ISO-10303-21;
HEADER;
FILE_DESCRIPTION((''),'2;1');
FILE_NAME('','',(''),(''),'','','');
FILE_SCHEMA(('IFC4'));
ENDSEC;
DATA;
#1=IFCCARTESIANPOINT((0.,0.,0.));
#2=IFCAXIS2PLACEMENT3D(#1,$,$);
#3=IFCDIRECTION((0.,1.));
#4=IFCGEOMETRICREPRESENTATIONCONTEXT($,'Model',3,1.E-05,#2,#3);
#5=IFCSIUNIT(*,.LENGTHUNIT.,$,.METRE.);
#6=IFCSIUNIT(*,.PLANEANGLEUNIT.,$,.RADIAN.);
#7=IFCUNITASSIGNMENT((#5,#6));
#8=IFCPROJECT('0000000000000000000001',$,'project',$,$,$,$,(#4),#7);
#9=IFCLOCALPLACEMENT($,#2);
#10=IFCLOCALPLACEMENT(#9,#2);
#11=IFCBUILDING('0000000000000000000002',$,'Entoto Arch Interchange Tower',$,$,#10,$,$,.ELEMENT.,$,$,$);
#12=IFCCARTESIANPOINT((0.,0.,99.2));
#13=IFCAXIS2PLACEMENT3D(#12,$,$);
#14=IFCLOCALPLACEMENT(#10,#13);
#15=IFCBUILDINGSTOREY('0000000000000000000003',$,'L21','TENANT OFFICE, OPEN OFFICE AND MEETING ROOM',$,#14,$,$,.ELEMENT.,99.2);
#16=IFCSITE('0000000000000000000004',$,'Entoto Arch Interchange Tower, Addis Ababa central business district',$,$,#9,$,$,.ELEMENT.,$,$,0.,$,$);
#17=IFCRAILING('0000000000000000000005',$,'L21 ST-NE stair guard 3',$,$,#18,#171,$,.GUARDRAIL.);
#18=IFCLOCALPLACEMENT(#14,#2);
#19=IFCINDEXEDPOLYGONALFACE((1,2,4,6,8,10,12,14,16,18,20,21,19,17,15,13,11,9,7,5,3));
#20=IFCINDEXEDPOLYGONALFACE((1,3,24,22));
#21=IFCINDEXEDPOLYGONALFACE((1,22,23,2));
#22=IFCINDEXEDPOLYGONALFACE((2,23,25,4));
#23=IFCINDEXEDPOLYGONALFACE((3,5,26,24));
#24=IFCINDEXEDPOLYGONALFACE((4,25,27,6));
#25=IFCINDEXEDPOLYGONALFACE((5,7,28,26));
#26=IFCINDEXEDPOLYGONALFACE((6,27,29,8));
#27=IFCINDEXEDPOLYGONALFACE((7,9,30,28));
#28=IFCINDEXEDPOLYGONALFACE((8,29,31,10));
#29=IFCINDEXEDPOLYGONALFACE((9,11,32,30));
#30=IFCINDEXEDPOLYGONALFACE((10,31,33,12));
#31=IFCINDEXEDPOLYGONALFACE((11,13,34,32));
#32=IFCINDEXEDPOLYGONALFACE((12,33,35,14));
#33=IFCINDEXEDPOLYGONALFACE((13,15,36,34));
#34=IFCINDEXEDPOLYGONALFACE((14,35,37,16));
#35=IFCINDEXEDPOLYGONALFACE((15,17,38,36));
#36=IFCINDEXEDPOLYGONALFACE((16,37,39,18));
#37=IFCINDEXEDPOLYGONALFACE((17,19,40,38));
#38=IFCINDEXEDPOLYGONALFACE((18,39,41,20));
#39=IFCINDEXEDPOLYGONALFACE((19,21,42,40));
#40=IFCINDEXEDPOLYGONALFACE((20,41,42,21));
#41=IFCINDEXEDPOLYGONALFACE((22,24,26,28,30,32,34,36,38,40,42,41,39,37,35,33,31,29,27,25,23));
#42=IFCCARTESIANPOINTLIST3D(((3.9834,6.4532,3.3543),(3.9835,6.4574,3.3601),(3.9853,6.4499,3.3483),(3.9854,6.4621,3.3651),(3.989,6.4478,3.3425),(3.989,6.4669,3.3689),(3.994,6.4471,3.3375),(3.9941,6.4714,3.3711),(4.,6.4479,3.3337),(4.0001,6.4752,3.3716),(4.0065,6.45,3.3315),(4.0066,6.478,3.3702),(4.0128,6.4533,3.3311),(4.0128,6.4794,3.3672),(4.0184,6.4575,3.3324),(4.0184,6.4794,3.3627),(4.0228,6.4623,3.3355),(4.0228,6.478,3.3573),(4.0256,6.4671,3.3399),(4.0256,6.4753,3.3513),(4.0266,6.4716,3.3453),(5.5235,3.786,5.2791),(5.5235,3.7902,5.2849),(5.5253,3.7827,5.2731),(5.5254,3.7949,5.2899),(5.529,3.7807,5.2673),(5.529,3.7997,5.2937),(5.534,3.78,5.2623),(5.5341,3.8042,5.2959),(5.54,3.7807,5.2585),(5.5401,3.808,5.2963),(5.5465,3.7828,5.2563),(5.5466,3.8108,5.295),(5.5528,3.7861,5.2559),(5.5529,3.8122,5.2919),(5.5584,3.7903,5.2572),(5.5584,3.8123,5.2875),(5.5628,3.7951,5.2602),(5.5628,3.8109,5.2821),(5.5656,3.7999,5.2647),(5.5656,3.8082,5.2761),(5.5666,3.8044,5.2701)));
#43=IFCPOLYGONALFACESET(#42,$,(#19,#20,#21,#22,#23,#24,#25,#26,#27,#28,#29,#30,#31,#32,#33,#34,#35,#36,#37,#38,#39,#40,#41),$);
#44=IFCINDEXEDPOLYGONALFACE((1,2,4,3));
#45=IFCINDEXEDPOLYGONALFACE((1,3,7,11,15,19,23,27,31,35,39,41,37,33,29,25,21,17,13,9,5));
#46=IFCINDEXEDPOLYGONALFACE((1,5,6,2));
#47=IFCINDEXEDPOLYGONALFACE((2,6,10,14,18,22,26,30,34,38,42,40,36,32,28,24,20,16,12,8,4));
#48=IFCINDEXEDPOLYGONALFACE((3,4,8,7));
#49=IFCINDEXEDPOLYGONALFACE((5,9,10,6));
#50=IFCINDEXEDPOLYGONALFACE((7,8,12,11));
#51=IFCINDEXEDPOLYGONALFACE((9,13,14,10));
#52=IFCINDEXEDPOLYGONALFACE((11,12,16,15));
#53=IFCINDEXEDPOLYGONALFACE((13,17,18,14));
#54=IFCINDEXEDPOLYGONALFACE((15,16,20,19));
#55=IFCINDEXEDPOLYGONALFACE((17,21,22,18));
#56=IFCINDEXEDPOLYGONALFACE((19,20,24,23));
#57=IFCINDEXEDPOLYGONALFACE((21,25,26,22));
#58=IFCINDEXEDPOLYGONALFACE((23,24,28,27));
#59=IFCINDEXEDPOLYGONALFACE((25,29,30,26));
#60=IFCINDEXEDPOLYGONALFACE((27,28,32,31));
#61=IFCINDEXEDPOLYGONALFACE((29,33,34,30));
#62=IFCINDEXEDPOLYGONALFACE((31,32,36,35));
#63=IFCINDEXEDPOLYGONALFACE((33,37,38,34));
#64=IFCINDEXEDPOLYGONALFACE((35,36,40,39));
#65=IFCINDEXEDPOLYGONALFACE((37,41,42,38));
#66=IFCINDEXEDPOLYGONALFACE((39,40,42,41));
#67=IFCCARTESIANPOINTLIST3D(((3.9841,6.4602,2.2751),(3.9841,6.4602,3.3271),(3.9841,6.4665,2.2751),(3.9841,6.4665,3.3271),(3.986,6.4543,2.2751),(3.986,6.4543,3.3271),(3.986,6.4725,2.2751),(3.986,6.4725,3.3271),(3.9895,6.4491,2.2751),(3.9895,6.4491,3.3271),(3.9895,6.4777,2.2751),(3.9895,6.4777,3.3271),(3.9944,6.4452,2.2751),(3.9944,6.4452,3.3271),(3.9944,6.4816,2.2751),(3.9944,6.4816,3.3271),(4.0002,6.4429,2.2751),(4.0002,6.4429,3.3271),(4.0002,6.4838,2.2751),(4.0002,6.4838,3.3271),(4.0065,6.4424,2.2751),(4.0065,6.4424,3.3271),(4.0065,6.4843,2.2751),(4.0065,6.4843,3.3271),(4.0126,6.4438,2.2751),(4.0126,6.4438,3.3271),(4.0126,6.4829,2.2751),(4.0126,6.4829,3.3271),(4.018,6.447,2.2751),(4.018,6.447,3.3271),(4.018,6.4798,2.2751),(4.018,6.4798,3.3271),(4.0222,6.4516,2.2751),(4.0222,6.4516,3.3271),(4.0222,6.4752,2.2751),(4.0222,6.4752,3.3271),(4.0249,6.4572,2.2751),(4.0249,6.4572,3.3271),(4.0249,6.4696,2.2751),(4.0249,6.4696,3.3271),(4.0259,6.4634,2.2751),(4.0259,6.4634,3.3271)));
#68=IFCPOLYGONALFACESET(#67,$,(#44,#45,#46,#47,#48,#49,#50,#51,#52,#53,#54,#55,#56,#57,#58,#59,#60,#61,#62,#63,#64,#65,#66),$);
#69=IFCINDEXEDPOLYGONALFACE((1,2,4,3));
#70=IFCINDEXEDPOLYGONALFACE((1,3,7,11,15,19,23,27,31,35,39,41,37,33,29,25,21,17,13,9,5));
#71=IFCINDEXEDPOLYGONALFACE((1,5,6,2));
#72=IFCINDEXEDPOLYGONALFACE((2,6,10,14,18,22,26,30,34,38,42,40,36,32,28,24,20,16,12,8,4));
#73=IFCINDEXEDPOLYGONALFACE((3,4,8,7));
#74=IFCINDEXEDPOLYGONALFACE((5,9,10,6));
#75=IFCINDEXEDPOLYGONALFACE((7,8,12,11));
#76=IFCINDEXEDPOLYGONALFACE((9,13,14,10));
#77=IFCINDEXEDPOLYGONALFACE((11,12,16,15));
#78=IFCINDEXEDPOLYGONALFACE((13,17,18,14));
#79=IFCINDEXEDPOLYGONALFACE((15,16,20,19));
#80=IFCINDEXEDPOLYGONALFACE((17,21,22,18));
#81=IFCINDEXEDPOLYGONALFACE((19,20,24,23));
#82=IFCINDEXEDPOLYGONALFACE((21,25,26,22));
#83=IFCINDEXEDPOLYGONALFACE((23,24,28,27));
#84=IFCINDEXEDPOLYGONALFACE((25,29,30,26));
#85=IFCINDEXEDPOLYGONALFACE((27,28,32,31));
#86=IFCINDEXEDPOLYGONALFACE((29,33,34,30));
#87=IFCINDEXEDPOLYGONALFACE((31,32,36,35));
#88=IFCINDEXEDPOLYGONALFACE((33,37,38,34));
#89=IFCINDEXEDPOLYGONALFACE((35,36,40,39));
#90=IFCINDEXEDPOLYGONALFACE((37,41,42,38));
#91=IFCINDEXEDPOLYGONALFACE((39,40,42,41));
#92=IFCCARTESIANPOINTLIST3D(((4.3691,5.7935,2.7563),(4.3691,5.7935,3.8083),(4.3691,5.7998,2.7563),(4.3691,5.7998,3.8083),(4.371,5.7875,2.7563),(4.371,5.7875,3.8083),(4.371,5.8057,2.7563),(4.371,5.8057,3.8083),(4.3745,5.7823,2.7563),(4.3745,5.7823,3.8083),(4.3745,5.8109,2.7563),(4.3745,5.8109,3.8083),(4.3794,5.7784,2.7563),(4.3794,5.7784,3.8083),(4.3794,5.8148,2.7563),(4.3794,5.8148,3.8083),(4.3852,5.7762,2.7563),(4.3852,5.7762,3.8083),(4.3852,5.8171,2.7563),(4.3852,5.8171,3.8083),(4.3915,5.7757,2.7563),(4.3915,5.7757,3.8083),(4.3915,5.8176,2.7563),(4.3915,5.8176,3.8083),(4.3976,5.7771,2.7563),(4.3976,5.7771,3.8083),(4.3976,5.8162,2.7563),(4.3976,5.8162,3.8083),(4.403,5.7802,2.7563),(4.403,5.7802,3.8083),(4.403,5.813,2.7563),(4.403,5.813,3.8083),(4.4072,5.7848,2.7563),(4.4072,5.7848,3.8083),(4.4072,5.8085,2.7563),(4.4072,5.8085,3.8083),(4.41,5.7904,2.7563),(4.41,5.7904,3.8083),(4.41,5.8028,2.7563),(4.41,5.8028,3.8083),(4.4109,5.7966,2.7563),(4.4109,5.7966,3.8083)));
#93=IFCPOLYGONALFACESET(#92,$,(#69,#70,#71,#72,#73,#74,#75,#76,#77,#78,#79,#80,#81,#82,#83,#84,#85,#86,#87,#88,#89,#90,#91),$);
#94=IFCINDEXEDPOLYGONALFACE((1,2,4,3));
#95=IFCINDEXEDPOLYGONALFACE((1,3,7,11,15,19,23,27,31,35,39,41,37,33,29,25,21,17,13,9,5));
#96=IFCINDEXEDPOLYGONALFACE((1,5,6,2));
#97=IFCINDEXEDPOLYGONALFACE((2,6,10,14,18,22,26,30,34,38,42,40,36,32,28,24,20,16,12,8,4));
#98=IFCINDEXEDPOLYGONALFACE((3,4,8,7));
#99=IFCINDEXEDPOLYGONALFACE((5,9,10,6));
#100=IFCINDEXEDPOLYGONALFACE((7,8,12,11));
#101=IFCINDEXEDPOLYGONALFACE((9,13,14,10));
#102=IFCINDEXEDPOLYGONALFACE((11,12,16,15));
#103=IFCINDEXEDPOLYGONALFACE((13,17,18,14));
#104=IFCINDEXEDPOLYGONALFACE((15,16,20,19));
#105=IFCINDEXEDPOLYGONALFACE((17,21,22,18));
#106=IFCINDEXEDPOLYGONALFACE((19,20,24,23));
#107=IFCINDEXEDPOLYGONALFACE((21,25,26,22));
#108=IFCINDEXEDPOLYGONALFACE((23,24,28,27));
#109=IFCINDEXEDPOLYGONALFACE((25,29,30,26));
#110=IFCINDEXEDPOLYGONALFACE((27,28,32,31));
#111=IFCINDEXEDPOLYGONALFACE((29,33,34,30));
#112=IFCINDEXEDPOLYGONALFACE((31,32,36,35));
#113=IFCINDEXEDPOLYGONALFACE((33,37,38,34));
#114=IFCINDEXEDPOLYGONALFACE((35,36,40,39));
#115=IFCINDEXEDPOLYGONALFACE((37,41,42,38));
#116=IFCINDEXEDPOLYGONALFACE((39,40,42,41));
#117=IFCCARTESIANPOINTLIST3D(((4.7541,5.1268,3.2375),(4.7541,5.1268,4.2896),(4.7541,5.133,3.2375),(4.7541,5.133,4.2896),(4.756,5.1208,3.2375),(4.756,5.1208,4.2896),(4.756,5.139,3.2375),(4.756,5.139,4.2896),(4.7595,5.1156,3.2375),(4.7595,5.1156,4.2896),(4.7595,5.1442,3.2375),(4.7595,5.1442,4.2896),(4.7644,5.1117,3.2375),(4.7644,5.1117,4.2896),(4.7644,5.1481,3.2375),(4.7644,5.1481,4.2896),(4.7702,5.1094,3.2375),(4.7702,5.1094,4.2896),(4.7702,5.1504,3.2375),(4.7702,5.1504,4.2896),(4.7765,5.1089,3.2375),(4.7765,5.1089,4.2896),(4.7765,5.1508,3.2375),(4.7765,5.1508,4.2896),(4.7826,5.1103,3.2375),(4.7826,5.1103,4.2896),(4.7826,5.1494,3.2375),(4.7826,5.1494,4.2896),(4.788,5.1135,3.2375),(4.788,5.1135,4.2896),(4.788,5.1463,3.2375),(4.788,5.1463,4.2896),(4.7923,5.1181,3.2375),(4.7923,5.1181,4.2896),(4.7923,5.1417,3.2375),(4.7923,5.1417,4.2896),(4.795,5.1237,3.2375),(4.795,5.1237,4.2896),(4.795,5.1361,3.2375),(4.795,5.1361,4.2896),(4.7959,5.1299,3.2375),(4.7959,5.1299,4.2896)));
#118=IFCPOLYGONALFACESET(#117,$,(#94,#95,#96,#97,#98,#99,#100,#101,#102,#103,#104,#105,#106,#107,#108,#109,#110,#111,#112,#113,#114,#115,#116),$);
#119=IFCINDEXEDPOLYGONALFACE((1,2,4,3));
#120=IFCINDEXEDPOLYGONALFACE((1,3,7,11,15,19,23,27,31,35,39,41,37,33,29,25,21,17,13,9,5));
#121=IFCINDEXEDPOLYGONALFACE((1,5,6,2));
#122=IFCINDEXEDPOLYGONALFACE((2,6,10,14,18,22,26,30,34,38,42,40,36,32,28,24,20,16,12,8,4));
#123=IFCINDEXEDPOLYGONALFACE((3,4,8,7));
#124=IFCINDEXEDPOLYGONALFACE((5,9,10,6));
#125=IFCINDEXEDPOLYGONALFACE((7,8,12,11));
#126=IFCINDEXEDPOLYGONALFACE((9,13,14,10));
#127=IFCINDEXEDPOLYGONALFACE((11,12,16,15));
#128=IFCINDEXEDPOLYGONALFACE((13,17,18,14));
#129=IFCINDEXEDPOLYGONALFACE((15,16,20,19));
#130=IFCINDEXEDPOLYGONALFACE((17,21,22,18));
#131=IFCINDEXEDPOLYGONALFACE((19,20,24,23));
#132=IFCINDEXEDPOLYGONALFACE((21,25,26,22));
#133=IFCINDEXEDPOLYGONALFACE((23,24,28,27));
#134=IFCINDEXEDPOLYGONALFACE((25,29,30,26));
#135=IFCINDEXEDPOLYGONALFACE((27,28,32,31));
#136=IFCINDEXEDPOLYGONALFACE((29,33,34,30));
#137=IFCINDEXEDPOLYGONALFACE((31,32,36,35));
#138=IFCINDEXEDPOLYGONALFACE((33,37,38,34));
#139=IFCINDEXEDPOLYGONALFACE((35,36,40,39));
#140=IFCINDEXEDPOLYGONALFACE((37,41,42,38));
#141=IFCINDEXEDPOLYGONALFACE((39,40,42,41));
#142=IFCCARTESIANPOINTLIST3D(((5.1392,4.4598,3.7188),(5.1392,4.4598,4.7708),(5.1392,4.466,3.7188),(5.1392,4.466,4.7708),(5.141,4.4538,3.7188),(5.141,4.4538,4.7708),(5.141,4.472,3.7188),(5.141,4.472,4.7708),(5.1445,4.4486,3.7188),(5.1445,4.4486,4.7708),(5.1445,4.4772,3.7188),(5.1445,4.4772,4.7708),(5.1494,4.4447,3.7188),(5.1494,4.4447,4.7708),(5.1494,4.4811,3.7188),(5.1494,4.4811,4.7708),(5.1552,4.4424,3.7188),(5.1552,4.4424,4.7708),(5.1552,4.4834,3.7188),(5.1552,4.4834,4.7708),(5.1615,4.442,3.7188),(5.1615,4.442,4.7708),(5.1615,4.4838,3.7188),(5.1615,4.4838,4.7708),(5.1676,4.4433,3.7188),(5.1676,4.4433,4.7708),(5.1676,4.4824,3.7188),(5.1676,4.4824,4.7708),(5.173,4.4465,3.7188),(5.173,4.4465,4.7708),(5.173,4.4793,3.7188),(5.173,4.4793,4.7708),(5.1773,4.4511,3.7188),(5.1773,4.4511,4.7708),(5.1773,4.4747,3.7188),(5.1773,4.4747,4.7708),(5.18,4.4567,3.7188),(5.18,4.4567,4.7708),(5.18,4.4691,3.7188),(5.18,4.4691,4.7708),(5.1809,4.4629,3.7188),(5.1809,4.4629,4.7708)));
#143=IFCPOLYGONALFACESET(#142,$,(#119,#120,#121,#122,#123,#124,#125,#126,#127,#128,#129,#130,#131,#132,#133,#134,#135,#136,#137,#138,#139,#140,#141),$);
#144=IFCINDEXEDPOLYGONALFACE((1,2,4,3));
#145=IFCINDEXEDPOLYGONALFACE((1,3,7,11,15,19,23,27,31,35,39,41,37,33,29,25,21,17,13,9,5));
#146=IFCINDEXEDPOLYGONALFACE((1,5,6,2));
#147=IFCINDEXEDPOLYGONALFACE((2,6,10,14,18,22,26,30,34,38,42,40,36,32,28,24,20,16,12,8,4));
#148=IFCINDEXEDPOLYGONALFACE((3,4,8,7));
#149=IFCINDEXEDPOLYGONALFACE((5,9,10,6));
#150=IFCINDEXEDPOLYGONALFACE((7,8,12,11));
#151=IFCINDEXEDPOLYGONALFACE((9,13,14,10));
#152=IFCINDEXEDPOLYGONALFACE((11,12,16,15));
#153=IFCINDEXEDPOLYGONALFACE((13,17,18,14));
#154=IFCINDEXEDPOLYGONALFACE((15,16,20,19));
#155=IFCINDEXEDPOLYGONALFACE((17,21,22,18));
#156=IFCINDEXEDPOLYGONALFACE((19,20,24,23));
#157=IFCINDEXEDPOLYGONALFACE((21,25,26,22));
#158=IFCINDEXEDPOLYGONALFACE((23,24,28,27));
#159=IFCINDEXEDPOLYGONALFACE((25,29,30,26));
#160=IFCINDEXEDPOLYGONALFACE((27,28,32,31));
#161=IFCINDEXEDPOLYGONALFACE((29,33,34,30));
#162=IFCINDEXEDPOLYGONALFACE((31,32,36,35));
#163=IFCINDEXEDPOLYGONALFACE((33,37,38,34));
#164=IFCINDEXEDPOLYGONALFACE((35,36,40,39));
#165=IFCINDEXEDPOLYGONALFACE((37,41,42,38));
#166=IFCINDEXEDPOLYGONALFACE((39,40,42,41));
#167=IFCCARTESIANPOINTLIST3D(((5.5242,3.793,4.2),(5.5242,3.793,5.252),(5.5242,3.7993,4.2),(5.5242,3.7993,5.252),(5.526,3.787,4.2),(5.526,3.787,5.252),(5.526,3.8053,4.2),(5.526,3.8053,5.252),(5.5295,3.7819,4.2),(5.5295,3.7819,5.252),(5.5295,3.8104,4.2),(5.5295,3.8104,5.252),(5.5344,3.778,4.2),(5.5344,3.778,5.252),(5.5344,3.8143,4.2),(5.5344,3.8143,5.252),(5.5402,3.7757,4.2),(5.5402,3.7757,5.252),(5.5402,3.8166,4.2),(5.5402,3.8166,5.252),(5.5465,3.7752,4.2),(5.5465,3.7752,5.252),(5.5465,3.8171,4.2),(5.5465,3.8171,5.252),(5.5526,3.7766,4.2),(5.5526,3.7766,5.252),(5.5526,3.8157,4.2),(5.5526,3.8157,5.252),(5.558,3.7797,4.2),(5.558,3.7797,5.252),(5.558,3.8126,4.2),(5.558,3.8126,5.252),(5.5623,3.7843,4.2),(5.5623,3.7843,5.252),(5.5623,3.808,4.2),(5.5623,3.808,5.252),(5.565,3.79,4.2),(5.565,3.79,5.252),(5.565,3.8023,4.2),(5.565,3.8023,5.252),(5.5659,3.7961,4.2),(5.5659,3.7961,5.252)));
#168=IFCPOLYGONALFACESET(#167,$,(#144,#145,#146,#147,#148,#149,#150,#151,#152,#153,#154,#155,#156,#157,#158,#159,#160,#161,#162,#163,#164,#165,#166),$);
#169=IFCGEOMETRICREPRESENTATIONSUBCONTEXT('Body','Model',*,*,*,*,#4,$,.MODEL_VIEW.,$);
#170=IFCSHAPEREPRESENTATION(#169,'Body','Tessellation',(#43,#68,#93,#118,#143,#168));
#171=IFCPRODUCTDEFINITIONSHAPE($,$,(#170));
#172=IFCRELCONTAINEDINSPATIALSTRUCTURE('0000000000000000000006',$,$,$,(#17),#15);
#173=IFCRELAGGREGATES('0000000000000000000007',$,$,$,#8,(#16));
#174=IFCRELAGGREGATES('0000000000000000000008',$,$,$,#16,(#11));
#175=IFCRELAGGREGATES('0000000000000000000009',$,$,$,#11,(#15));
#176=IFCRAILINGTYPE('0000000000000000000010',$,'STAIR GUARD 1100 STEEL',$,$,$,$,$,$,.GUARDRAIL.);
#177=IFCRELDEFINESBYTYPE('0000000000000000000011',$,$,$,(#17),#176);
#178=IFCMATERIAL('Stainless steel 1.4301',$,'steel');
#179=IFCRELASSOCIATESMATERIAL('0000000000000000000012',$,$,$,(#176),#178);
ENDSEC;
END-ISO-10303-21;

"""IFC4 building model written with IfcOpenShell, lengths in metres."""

from ifc_helpers import new_model, si_unit, direction, frame, origin, origin_2d, place, context, subcontext, project, spatial, circle, extrude, material, type_object, element, save


model = new_model("IFC4")

# Units and contexts
model_context = context("Model", 3, precision=1e-05, world=origin(), true_north=direction((0.0, 1.0)))
body_context = subcontext(model_context, "Body", "Model", "MODEL_VIEW")
ifc_project = project(units=[si_unit("LENGTHUNIT", "METRE"), si_unit("PLANEANGLEUNIT", "RADIAN")], contexts=[model_context])

# Site, building, storey
site_placement = place(None, origin())
site = spatial("IfcSite", under=ifc_project, at=site_placement, Name="Entoto Arch Interchange Tower, Addis Ababa central business district", CompositionType="ELEMENT", RefElevation=0.0)
building_placement = place(site_placement, origin())
building = spatial("IfcBuilding", under=site, at=building_placement, Name="Entoto Arch Interchange Tower", CompositionType="ELEMENT")
storey_placement = place(building_placement, frame((0.0, 0.0, 99.2)))
storey = spatial("IfcBuildingStorey", under=building, at=storey_placement, Name="L21", Description="TENANT OFFICE, OPEN OFFICE AND MEETING ROOM", CompositionType="ELEMENT", Elevation=99.2)

# Railing
ifc_material_1 = material(Name="Stainless steel 1.4301", Category="steel")
railing_type = type_object("IfcRailingType", Name="STAIR GUARD 1100 STEEL", PredefinedType="GUARDRAIL", material=ifc_material_1)
railing_1_placement = place(storey_placement, frame((4.0049, 6.4634, 2.2751)))
element("IfcRailing", 1, at=railing_1_placement, inside=storey, type_object=railing_type, Name="L21 ST-NE stair guard 3", PredefinedType="GUARDRAIL", context=body_context, shape_type="SweptSolid", body=[
    extrude(circle(Radius=0.0239, at=origin_2d()), frame((0.0, 0.0, 1.0762), z_axis=(0.424031, -0.73439, 0.529971), x_axis=(0.86601, 0.500027, 0.0)), (0.0, 0.0, 1.0), 3.6318),
    extrude(circle(Radius=0.021, at=origin_2d()), origin(), (0.0, 0.0, 1.0), 1.052),
    extrude(circle(Radius=0.021, at=origin_2d()), frame((0.385, -0.6667, 0.4812)), (0.0, 0.0, 1.0), 1.052),
    extrude(circle(Radius=0.021, at=origin_2d()), frame((0.77, -1.3335, 0.9624)), (0.0, 0.0, 1.0), 1.052),
    extrude(circle(Radius=0.021, at=origin_2d()), frame((1.155, -2.0005, 1.4436)), (0.0, 0.0, 1.0), 1.052),
    extrude(circle(Radius=0.021, at=origin_2d()), frame((1.54, -2.6672, 1.9248)), (0.0, 0.0, 1.0), 1.052),
])

save(model, "model.ifc")
